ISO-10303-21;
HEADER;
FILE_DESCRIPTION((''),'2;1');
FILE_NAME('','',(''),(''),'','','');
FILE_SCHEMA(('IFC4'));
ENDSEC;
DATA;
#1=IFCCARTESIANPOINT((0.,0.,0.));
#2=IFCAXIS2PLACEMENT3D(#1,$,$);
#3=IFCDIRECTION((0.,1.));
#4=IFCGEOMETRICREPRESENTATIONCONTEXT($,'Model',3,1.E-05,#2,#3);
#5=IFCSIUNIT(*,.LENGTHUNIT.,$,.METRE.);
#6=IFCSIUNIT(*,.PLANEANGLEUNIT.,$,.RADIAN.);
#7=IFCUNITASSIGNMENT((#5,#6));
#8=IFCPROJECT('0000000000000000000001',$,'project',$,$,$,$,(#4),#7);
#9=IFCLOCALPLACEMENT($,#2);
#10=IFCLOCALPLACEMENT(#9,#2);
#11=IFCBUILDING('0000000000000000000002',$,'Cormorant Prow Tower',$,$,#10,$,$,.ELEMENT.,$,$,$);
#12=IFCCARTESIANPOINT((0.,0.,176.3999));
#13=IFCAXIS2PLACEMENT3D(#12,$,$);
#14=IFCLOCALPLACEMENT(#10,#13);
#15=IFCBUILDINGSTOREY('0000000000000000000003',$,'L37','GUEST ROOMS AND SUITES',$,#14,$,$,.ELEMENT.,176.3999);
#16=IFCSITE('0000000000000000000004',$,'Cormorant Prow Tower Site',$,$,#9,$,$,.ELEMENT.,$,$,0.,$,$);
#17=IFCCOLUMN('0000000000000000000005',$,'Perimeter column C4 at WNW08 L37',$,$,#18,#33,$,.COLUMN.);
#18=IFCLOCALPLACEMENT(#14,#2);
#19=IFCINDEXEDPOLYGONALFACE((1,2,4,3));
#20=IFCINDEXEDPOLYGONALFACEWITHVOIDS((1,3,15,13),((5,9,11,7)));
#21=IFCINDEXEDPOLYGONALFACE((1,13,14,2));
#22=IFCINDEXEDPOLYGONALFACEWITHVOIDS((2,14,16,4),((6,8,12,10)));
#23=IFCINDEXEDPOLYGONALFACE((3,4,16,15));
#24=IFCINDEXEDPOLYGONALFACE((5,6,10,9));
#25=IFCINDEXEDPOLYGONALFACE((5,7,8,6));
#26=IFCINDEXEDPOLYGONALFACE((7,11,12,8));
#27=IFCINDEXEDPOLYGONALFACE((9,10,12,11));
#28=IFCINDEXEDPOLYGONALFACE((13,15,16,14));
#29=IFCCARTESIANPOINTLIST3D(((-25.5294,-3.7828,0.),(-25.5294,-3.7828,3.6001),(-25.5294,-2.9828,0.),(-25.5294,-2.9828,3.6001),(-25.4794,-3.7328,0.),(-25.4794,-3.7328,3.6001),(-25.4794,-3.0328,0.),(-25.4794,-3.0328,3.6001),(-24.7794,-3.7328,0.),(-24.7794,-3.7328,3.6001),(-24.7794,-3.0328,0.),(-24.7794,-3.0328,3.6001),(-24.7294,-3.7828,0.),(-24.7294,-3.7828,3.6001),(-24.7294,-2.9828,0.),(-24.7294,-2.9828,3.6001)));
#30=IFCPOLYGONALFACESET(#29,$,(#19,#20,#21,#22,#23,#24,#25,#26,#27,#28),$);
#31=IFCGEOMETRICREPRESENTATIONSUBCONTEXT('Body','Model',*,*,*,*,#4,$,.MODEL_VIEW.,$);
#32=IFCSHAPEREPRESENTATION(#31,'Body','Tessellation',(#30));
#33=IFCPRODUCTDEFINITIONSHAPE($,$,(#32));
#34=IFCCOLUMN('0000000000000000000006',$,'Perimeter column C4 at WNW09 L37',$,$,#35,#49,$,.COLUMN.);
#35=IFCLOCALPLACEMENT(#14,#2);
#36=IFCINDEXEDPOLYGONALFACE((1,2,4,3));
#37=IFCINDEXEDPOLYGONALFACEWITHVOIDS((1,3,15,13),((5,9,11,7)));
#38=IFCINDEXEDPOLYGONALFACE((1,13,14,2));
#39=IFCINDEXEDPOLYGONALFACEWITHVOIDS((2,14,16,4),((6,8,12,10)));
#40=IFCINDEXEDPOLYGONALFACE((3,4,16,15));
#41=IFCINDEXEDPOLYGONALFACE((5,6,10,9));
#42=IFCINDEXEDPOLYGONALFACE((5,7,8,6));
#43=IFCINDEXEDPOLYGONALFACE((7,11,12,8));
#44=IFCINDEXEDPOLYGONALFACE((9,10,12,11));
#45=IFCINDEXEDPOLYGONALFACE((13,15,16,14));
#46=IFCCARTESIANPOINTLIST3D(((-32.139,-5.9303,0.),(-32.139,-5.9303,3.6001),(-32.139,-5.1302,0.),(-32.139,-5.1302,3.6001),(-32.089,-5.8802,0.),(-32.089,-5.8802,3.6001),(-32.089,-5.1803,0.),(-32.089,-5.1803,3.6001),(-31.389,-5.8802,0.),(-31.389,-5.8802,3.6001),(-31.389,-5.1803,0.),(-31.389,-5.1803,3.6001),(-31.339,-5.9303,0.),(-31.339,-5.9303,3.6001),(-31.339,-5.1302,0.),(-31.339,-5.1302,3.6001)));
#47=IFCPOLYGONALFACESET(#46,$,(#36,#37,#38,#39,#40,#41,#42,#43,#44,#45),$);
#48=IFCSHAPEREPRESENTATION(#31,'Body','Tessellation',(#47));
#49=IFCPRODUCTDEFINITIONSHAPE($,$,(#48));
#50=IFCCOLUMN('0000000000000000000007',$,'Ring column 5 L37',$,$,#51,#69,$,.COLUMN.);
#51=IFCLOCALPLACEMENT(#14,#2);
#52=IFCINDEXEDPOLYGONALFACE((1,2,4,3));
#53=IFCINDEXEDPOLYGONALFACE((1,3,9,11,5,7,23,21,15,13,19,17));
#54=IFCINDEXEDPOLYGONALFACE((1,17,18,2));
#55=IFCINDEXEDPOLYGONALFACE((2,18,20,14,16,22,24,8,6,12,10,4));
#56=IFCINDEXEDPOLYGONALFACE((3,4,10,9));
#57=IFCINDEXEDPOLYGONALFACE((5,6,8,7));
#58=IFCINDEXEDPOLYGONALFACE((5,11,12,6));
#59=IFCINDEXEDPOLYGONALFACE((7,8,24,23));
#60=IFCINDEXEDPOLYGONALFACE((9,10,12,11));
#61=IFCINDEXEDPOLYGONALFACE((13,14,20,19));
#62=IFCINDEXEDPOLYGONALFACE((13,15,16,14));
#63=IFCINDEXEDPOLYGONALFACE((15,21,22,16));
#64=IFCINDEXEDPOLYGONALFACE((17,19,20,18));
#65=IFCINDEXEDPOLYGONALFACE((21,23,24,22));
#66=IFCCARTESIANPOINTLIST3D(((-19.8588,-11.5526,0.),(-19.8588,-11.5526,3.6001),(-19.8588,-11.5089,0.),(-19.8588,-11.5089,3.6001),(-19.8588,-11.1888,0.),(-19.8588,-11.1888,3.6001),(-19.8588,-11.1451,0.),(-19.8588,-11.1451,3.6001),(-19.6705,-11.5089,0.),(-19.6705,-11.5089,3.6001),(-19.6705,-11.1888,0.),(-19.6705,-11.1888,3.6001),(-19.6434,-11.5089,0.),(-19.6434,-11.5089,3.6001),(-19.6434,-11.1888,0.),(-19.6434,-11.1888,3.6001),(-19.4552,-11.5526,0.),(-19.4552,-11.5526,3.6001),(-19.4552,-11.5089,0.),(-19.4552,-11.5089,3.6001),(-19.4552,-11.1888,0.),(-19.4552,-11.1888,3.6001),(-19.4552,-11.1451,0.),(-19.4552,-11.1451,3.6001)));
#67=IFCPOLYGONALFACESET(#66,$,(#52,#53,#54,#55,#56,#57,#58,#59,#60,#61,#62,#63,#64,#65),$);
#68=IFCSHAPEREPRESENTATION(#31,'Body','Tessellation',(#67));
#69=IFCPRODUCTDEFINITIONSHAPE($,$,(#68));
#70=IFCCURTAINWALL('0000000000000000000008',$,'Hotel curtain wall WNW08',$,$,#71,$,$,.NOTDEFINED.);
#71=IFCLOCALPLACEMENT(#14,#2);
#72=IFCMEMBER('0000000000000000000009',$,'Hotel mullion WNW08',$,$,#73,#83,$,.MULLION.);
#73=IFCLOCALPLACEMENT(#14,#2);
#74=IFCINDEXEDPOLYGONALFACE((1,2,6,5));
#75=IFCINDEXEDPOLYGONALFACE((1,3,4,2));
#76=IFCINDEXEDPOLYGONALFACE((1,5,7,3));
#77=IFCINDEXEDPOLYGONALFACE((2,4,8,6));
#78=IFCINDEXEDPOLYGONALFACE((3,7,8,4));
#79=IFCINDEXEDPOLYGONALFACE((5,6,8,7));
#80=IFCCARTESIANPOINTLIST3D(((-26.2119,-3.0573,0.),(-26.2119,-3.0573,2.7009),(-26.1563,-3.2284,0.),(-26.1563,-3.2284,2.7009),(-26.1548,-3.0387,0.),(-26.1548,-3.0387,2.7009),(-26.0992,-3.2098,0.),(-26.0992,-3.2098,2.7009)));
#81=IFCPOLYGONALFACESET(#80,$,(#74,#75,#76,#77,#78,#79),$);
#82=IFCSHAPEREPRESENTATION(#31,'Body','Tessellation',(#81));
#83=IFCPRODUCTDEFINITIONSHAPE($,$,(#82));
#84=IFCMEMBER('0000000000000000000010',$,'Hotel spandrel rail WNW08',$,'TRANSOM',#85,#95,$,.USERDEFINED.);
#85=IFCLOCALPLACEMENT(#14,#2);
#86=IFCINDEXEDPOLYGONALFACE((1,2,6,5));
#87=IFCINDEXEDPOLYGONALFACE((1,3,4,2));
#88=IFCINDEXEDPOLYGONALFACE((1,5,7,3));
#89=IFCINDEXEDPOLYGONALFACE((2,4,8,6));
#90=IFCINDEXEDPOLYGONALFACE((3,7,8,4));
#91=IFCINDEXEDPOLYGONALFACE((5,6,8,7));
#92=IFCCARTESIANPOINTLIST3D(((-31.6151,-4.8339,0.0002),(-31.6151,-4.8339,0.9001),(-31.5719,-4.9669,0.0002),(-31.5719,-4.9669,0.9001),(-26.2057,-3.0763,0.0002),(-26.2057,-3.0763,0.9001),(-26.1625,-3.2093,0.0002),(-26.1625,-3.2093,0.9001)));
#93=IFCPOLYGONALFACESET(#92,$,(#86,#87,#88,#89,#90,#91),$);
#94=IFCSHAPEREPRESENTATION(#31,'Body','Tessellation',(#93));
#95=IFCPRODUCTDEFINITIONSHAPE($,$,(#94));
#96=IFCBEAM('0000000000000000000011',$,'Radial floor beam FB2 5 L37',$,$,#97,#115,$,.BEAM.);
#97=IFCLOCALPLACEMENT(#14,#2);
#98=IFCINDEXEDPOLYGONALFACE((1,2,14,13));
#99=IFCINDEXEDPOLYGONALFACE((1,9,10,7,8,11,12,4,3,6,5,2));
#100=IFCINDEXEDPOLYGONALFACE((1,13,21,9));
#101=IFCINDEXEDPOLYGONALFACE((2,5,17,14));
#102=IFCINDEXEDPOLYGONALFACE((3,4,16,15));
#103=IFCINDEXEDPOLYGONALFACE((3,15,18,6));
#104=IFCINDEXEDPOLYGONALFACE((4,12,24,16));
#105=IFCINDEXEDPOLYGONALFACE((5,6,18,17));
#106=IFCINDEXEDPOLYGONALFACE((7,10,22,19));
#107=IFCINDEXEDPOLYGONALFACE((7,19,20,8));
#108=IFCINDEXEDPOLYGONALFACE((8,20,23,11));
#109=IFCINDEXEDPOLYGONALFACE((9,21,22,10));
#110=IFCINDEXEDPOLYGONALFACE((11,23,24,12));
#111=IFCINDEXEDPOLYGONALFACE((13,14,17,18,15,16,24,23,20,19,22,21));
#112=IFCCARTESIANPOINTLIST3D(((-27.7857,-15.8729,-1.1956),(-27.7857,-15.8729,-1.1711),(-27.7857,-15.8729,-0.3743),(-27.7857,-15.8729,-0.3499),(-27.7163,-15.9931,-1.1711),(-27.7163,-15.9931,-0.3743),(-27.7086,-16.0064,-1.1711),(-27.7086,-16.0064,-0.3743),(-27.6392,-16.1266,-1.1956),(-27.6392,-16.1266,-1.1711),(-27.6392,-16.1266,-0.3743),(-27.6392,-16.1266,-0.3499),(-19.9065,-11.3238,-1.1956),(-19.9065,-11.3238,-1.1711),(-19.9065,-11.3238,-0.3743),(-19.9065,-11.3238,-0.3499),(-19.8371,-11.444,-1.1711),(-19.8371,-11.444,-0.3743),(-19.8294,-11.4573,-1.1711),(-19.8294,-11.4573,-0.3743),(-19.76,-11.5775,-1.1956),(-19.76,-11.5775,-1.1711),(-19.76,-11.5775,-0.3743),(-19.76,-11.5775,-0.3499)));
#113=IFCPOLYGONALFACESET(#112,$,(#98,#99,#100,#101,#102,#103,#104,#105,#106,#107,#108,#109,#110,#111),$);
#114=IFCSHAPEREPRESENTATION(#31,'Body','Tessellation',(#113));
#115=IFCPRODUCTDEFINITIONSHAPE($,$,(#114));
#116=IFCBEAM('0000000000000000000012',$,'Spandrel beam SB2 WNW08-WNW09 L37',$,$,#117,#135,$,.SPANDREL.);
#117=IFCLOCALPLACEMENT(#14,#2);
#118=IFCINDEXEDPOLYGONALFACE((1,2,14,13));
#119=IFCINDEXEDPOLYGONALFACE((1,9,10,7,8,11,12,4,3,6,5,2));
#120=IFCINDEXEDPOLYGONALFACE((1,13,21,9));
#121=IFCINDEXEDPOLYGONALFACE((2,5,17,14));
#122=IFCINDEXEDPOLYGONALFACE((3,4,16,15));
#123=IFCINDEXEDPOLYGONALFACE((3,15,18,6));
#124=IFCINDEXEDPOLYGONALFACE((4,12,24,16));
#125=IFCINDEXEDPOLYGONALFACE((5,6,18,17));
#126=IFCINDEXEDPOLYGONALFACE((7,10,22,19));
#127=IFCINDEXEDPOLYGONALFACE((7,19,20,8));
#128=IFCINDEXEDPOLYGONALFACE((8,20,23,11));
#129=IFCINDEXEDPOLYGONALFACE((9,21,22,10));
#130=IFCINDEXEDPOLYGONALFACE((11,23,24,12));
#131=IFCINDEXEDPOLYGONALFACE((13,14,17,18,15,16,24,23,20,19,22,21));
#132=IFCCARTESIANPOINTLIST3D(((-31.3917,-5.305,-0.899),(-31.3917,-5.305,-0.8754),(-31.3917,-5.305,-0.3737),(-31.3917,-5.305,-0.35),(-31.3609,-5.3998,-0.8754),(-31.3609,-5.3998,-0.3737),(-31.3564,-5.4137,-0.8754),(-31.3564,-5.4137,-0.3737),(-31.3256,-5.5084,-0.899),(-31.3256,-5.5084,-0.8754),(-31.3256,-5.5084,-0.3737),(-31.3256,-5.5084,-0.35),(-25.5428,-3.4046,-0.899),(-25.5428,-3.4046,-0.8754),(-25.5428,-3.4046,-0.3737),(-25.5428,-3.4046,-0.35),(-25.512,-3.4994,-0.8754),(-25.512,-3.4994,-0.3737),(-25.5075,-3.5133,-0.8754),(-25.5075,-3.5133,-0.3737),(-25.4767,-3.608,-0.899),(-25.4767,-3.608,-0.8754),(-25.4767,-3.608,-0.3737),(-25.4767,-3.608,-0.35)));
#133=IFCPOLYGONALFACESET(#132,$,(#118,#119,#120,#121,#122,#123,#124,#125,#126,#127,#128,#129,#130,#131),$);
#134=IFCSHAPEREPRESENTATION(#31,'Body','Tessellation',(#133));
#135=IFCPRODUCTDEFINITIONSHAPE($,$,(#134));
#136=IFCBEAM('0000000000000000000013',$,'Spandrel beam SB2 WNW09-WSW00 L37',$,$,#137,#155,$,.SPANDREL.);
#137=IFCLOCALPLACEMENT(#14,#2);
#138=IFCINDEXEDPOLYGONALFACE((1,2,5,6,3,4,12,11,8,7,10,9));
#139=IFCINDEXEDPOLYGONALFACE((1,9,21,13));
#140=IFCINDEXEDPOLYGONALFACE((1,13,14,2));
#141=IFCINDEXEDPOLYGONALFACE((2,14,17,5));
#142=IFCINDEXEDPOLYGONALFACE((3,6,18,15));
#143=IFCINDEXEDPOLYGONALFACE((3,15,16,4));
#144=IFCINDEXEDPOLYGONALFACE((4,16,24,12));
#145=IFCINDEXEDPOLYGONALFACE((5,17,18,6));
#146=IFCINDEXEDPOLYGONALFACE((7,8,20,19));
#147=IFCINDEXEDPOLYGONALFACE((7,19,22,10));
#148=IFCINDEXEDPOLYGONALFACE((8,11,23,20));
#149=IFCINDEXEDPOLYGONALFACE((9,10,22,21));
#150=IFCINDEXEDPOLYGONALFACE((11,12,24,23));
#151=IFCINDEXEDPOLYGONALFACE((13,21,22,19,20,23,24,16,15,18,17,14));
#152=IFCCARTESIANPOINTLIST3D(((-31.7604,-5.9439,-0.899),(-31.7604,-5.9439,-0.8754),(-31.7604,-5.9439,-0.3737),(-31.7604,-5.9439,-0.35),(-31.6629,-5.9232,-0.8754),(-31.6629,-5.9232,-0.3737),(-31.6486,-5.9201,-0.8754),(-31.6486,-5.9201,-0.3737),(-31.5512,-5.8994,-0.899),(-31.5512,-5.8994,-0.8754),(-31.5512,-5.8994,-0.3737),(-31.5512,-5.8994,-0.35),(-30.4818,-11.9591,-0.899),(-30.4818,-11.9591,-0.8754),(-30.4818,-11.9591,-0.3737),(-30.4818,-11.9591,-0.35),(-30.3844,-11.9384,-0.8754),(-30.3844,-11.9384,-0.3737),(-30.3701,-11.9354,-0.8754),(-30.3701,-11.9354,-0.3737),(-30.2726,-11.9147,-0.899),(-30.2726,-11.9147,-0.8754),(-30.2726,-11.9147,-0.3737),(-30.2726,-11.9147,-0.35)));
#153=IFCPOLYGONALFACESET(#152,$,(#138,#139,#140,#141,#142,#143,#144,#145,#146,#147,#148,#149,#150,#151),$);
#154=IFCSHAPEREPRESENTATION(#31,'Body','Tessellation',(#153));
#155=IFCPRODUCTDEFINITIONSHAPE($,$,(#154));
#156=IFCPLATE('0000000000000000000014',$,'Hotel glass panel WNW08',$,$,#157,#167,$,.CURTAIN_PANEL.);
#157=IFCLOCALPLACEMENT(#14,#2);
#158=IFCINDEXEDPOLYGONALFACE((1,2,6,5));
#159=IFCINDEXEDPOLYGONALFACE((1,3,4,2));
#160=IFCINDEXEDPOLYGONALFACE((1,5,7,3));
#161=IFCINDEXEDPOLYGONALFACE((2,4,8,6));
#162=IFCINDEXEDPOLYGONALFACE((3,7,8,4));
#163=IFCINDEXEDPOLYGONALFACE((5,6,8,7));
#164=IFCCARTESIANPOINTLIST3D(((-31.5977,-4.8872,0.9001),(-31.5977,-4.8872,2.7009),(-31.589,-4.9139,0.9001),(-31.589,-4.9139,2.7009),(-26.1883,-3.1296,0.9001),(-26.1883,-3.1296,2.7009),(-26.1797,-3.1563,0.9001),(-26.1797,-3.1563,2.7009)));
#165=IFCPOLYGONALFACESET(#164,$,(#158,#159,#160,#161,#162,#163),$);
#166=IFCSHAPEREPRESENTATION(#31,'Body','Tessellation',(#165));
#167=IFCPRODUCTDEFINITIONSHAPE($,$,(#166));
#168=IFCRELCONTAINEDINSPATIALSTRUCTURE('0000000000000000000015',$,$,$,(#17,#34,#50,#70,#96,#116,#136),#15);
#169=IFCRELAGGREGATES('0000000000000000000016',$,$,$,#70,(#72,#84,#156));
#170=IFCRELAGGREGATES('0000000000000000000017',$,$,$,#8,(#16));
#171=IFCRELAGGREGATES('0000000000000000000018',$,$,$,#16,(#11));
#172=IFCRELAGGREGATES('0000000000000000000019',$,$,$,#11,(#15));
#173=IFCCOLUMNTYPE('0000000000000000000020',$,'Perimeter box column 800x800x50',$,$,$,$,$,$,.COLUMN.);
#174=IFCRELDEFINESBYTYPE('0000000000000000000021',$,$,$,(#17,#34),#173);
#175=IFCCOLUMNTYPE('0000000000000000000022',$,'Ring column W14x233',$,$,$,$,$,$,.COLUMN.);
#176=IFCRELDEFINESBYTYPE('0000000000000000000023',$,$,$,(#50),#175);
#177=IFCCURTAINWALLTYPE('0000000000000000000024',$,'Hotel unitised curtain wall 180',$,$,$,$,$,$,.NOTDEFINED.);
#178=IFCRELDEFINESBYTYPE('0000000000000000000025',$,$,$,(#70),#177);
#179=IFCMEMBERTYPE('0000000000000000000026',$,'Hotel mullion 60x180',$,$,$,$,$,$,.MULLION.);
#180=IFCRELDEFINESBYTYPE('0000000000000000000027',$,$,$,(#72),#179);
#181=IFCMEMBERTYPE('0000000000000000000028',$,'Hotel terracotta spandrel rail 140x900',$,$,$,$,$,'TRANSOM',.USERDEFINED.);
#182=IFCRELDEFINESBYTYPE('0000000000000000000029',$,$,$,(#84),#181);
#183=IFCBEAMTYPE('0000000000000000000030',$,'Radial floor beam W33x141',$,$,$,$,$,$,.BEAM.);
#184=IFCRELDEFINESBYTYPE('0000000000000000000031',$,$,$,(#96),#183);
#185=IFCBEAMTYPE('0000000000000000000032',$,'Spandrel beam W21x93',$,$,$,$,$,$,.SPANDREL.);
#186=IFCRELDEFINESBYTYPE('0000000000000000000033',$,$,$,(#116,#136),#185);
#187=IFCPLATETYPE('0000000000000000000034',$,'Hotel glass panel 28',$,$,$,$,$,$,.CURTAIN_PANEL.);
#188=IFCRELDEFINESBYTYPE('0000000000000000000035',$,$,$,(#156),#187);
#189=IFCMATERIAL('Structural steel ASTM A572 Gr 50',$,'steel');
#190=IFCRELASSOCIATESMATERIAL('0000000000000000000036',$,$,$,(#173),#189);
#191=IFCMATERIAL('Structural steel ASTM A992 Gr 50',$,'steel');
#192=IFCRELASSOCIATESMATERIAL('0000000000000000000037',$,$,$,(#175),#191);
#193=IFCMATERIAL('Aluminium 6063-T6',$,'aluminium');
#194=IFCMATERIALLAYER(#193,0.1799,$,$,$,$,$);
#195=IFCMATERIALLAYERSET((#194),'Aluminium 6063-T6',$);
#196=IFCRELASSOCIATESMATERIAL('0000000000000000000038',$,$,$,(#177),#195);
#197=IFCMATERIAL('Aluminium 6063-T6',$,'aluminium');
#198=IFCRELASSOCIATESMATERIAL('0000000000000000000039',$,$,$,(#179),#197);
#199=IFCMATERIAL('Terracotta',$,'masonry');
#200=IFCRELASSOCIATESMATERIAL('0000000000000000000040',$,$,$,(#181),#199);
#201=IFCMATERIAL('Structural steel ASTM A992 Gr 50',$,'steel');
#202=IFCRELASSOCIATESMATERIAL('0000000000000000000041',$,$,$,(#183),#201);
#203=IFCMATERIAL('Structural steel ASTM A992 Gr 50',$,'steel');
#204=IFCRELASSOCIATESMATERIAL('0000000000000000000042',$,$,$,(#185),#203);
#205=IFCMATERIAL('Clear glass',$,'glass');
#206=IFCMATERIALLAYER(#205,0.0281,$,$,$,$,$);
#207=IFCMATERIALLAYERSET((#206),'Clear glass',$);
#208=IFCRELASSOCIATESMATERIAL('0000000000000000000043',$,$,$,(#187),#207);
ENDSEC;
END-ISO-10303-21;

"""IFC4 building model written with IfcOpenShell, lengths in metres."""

from ifc_helpers import new_model, si_unit, direction, frame, origin, origin_2d, place, context, subcontext, project, spatial, rectangle, hollow_rectangle, i_section, extrude, material, layer, layer_set, material_profile, profile_set, type_object, element, aggregate, save


model = new_model("IFC4")

# Units and contexts
model_context = context("Model", 3, precision=1e-05, world=origin(), true_north=direction((0.0, 1.0)))
body_context = subcontext(model_context, "Body", "Model", "MODEL_VIEW")
ifc_project = project(units=[si_unit("LENGTHUNIT", "METRE"), si_unit("PLANEANGLEUNIT", "RADIAN")], contexts=[model_context])

# Site, building, storey
site_placement = place(None, origin())
site = spatial("IfcSite", under=ifc_project, at=site_placement, Name="Cormorant Prow Tower Site", CompositionType="ELEMENT", RefElevation=0.0)
building_placement = place(site_placement, origin())
building = spatial("IfcBuilding", under=site, at=building_placement, Name="Cormorant Prow Tower", CompositionType="ELEMENT")
storey_placement = place(building_placement, frame((0.0, 0.0, 176.3999)))
storey = spatial("IfcBuildingStorey", under=building, at=storey_placement, Name="L37", Description="GUEST ROOMS AND SUITES", CompositionType="ELEMENT", Elevation=176.3999)

# Columns
ifc_material_1 = material(Name="Structural steel ASTM A572 Gr 50", Category="steel")
ifc_material_profile_1 = material_profile(ifc_material_1, hollow_rectangle(XDim=0.8, YDim=0.8, WallThickness=0.05, at=origin_2d()), Name="Box 800x800x50")
ifc_profile_set_1 = profile_set([ifc_material_profile_1], Name="Structural steel ASTM A572 Gr 50")
column_type_1 = type_object("IfcColumnType", Name="Perimeter box column 800x800x50", PredefinedType="COLUMN", material=ifc_profile_set_1)
for number, where, z_axis, x_axis, name in (
    (1, (-25.1294, -3.3828, 0.0), (0.0, 0.0, 1.0), (1.0, 0.0, 0.0), "Perimeter column C4 at WNW08 L37"),
    (2, (-31.739, -5.5303, 0.0), (0.0, 0.0, 1.0), (1.0, 0.0, 0.0), "Perimeter column C4 at WNW09 L37"),
):
    element("IfcColumn", number, at=place(storey_placement, frame(where, z_axis=z_axis, x_axis=x_axis)), inside=storey, type_object=column_type_1, Name=name, PredefinedType="COLUMN", context=body_context, shape_type="SweptSolid", body=[
        extrude(hollow_rectangle(XDim=0.8, YDim=0.8, WallThickness=0.05, at=origin_2d()), origin(), (0.0, 0.0, 1.0), 3.6001),
    ])
ifc_material_2 = material(Name="Structural steel ASTM A992 Gr 50", Category="steel")
ifc_material_profile_2 = material_profile(ifc_material_2, i_section(OverallWidth=0.4036, OverallDepth=0.4075, WebThickness=0.0271, FlangeThickness=0.0437, at=origin_2d()), Name="W14x233")
ifc_profile_set_2 = profile_set([ifc_material_profile_2], Name="Structural steel ASTM A992 Gr 50")
column_type_2 = type_object("IfcColumnType", Name="Ring column W14x233", PredefinedType="COLUMN", material=ifc_profile_set_2)
column_placement = place(storey_placement, frame((-19.657, -11.3489, 0.0), z_axis=(0.0, 0.0, 1.0), x_axis=(1.0, 0.0, 0.0)))
element("IfcColumn", 3, at=column_placement, inside=storey, type_object=column_type_2, Name="Ring column 5 L37", PredefinedType="COLUMN", context=body_context, shape_type="SweptSolid", body=[
    extrude(i_section(OverallWidth=0.4036, OverallDepth=0.4075, WebThickness=0.0271, FlangeThickness=0.0437, at=origin_2d()), origin(), (0.0, 0.0, 1.0), 3.6001),
])

# Curtain wall, members
ifc_material_3 = material(Name="Aluminium 6063-T6", Category="aluminium")
ifc_layer_1 = layer(ifc_material_3, 0.1799)
ifc_layer_set_1 = layer_set([ifc_layer_1], Name="Aluminium 6063-T6")
curtain_wall_type = type_object("IfcCurtainWallType", Name="Hotel unitised curtain wall 180", PredefinedType="NOTDEFINED", material=ifc_layer_set_1)
curtain_wall_placement = place(storey_placement, origin())
curtain_wall = element("IfcCurtainWall", 4, at=curtain_wall_placement, inside=storey, type_object=curtain_wall_type, Name="Hotel curtain wall WNW08", PredefinedType="NOTDEFINED")
ifc_material_4 = material(Name="Aluminium 6063-T6", Category="aluminium")
ifc_material_profile_3 = material_profile(ifc_material_4, rectangle(XDim=0.1799, YDim=0.0601, at=origin_2d()), Name="Hotel mullion 60x180")
ifc_profile_set_3 = profile_set([ifc_material_profile_3], Name="Aluminium 6063-T6")
member_type_1 = type_object("IfcMemberType", Name="Hotel mullion 60x180", PredefinedType="MULLION", material=ifc_profile_set_3)
member_1_placement = place(storey_placement, frame((-26.1555, -3.1335, 0.0), z_axis=(0.0, 0.0, 1.0), x_axis=(0.309017, -0.951056, 0.0)))
member_1 = element("IfcMember", 5, at=member_1_placement, type_object=member_type_1, Name="Hotel mullion WNW08", PredefinedType="MULLION", context=body_context, shape_type="SweptSolid", body=[
    extrude(rectangle(XDim=0.1799, YDim=0.0601, at=origin_2d()), origin(), (0.0, 0.0, 1.0), 2.7009),
])
ifc_material_5 = material(Name="Terracotta", Category="masonry")
ifc_material_profile_4 = material_profile(ifc_material_5, rectangle(XDim=0.1399, YDim=0.8999, at=origin_2d()), Name="Hotel terracotta spandrel rail 140x900")
ifc_profile_set_4 = profile_set([ifc_material_profile_4], Name="Terracotta")
member_type_2 = type_object("IfcMemberType", Name="Hotel terracotta spandrel rail 140x900", ElementType="TRANSOM", PredefinedType="USERDEFINED", material=ifc_profile_set_4)
member_2_placement = place(storey_placement, frame((-26.1841, -3.1428, 0.4502), z_axis=(-0.95106, -0.309007, 0.0), x_axis=(0.309007, -0.95106, 0.0)))
member_2 = element("IfcMember", 6, at=member_2_placement, type_object=member_type_2, Name="Hotel spandrel rail WNW08", ObjectType="TRANSOM", PredefinedType="USERDEFINED", context=body_context, shape_type="SweptSolid", body=[
    extrude(rectangle(XDim=0.1399, YDim=0.8999, at=origin_2d()), origin(), (0.0, 0.0, 1.0), 5.6877),
])

# Beams
ifc_material_6 = material(Name="Structural steel ASTM A992 Gr 50", Category="steel")
ifc_material_profile_5 = material_profile(ifc_material_6, i_section(OverallWidth=0.293, OverallDepth=0.8457, WebThickness=0.0154, FlangeThickness=0.0244, at=origin_2d()), Name="W33x141")
ifc_profile_set_5 = profile_set([ifc_material_profile_5], Name="Structural steel ASTM A992 Gr 50")
beam_type_1 = type_object("IfcBeamType", Name="Radial floor beam W33x141", PredefinedType="BEAM", material=ifc_profile_set_5)
beam_1_placement = place(storey_placement, frame((-19.8333, -11.4507, -0.7727), z_axis=(-0.866023, -0.500004, 0.0), x_axis=(0.500004, -0.866023, 0.0)))
element("IfcBeam", 7, at=beam_1_placement, inside=storey, type_object=beam_type_1, Name="Radial floor beam FB2 5 L37", PredefinedType="BEAM", context=body_context, shape_type="SweptSolid", body=[
    extrude(i_section(OverallWidth=0.293, OverallDepth=0.8457, WebThickness=0.0154, FlangeThickness=0.0244, at=origin_2d()), origin(), (0.0, 0.0, 1.0), 9.0981),
])
ifc_material_7 = material(Name="Structural steel ASTM A992 Gr 50", Category="steel")
ifc_material_profile_6 = material_profile(ifc_material_7, i_section(OverallWidth=0.2139, OverallDepth=0.5491, WebThickness=0.0146, FlangeThickness=0.0237, at=origin_2d()), Name="W21x93")
ifc_profile_set_6 = profile_set([ifc_material_profile_6], Name="Structural steel ASTM A992 Gr 50")
beam_type_2 = type_object("IfcBeamType", Name="Spandrel beam W21x93", PredefinedType="SPANDREL", material=ifc_profile_set_6)
beam_2_placement = place(storey_placement, frame((-25.5098, -3.5063, -0.6245), z_axis=(-0.951058, -0.309013, 0.0), x_axis=(0.309013, -0.951058, 0.0)))
element("IfcBeam", 8, at=beam_2_placement, inside=storey, type_object=beam_type_2, Name="Spandrel beam SB2 WNW08-WNW09 L37", PredefinedType="SPANDREL", context=body_context, shape_type="SweptSolid", body=[
    extrude(i_section(OverallWidth=0.2139, OverallDepth=0.5491, WebThickness=0.0146, FlangeThickness=0.0237, at=origin_2d()), origin(), (0.0, 0.0, 1.0), 6.1499),
])
beam_3_placement = place(storey_placement, frame((-31.6558, -5.9216, -0.6245), z_axis=(0.207905, -0.978149, 0.0), x_axis=(0.978149, 0.207905, 0.0)))
element("IfcBeam", 9, at=beam_3_placement, inside=storey, type_object=beam_type_2, Name="Spandrel beam SB2 WNW09-WSW00 L37", PredefinedType="SPANDREL", context=body_context, shape_type="SweptSolid", body=[
    extrude(i_section(OverallWidth=0.2139, OverallDepth=0.5491, WebThickness=0.0146, FlangeThickness=0.0237, at=origin_2d()), origin(), (0.0, 0.0, 1.0), 6.1497),
])

# Plate
ifc_material_8 = material(Name="Clear glass", Category="glass")
ifc_layer_2 = layer(ifc_material_8, 0.0281)
ifc_layer_set_2 = layer_set([ifc_layer_2], Name="Clear glass")
plate_type = type_object("IfcPlateType", Name="Hotel glass panel 28", PredefinedType="CURTAIN_PANEL", material=ifc_layer_set_2)
plate_placement = place(storey_placement, frame((-28.8887, -4.0217, 0.9001), z_axis=(0.0, 0.0, 1.0), x_axis=(-0.951056, -0.309017, 0.0)))
plate = element("IfcPlate", 10, at=plate_placement, type_object=plate_type, Name="Hotel glass panel WNW08", PredefinedType="CURTAIN_PANEL", context=body_context, shape_type="SweptSolid", body=[
    extrude(rectangle(XDim=5.6877, YDim=0.0281, at=origin_2d()), origin(), (0.0, 0.0, 1.0), 1.8008),
])
aggregate(curtain_wall, [member_1, member_2, plate])

save(model, "model.ifc")
